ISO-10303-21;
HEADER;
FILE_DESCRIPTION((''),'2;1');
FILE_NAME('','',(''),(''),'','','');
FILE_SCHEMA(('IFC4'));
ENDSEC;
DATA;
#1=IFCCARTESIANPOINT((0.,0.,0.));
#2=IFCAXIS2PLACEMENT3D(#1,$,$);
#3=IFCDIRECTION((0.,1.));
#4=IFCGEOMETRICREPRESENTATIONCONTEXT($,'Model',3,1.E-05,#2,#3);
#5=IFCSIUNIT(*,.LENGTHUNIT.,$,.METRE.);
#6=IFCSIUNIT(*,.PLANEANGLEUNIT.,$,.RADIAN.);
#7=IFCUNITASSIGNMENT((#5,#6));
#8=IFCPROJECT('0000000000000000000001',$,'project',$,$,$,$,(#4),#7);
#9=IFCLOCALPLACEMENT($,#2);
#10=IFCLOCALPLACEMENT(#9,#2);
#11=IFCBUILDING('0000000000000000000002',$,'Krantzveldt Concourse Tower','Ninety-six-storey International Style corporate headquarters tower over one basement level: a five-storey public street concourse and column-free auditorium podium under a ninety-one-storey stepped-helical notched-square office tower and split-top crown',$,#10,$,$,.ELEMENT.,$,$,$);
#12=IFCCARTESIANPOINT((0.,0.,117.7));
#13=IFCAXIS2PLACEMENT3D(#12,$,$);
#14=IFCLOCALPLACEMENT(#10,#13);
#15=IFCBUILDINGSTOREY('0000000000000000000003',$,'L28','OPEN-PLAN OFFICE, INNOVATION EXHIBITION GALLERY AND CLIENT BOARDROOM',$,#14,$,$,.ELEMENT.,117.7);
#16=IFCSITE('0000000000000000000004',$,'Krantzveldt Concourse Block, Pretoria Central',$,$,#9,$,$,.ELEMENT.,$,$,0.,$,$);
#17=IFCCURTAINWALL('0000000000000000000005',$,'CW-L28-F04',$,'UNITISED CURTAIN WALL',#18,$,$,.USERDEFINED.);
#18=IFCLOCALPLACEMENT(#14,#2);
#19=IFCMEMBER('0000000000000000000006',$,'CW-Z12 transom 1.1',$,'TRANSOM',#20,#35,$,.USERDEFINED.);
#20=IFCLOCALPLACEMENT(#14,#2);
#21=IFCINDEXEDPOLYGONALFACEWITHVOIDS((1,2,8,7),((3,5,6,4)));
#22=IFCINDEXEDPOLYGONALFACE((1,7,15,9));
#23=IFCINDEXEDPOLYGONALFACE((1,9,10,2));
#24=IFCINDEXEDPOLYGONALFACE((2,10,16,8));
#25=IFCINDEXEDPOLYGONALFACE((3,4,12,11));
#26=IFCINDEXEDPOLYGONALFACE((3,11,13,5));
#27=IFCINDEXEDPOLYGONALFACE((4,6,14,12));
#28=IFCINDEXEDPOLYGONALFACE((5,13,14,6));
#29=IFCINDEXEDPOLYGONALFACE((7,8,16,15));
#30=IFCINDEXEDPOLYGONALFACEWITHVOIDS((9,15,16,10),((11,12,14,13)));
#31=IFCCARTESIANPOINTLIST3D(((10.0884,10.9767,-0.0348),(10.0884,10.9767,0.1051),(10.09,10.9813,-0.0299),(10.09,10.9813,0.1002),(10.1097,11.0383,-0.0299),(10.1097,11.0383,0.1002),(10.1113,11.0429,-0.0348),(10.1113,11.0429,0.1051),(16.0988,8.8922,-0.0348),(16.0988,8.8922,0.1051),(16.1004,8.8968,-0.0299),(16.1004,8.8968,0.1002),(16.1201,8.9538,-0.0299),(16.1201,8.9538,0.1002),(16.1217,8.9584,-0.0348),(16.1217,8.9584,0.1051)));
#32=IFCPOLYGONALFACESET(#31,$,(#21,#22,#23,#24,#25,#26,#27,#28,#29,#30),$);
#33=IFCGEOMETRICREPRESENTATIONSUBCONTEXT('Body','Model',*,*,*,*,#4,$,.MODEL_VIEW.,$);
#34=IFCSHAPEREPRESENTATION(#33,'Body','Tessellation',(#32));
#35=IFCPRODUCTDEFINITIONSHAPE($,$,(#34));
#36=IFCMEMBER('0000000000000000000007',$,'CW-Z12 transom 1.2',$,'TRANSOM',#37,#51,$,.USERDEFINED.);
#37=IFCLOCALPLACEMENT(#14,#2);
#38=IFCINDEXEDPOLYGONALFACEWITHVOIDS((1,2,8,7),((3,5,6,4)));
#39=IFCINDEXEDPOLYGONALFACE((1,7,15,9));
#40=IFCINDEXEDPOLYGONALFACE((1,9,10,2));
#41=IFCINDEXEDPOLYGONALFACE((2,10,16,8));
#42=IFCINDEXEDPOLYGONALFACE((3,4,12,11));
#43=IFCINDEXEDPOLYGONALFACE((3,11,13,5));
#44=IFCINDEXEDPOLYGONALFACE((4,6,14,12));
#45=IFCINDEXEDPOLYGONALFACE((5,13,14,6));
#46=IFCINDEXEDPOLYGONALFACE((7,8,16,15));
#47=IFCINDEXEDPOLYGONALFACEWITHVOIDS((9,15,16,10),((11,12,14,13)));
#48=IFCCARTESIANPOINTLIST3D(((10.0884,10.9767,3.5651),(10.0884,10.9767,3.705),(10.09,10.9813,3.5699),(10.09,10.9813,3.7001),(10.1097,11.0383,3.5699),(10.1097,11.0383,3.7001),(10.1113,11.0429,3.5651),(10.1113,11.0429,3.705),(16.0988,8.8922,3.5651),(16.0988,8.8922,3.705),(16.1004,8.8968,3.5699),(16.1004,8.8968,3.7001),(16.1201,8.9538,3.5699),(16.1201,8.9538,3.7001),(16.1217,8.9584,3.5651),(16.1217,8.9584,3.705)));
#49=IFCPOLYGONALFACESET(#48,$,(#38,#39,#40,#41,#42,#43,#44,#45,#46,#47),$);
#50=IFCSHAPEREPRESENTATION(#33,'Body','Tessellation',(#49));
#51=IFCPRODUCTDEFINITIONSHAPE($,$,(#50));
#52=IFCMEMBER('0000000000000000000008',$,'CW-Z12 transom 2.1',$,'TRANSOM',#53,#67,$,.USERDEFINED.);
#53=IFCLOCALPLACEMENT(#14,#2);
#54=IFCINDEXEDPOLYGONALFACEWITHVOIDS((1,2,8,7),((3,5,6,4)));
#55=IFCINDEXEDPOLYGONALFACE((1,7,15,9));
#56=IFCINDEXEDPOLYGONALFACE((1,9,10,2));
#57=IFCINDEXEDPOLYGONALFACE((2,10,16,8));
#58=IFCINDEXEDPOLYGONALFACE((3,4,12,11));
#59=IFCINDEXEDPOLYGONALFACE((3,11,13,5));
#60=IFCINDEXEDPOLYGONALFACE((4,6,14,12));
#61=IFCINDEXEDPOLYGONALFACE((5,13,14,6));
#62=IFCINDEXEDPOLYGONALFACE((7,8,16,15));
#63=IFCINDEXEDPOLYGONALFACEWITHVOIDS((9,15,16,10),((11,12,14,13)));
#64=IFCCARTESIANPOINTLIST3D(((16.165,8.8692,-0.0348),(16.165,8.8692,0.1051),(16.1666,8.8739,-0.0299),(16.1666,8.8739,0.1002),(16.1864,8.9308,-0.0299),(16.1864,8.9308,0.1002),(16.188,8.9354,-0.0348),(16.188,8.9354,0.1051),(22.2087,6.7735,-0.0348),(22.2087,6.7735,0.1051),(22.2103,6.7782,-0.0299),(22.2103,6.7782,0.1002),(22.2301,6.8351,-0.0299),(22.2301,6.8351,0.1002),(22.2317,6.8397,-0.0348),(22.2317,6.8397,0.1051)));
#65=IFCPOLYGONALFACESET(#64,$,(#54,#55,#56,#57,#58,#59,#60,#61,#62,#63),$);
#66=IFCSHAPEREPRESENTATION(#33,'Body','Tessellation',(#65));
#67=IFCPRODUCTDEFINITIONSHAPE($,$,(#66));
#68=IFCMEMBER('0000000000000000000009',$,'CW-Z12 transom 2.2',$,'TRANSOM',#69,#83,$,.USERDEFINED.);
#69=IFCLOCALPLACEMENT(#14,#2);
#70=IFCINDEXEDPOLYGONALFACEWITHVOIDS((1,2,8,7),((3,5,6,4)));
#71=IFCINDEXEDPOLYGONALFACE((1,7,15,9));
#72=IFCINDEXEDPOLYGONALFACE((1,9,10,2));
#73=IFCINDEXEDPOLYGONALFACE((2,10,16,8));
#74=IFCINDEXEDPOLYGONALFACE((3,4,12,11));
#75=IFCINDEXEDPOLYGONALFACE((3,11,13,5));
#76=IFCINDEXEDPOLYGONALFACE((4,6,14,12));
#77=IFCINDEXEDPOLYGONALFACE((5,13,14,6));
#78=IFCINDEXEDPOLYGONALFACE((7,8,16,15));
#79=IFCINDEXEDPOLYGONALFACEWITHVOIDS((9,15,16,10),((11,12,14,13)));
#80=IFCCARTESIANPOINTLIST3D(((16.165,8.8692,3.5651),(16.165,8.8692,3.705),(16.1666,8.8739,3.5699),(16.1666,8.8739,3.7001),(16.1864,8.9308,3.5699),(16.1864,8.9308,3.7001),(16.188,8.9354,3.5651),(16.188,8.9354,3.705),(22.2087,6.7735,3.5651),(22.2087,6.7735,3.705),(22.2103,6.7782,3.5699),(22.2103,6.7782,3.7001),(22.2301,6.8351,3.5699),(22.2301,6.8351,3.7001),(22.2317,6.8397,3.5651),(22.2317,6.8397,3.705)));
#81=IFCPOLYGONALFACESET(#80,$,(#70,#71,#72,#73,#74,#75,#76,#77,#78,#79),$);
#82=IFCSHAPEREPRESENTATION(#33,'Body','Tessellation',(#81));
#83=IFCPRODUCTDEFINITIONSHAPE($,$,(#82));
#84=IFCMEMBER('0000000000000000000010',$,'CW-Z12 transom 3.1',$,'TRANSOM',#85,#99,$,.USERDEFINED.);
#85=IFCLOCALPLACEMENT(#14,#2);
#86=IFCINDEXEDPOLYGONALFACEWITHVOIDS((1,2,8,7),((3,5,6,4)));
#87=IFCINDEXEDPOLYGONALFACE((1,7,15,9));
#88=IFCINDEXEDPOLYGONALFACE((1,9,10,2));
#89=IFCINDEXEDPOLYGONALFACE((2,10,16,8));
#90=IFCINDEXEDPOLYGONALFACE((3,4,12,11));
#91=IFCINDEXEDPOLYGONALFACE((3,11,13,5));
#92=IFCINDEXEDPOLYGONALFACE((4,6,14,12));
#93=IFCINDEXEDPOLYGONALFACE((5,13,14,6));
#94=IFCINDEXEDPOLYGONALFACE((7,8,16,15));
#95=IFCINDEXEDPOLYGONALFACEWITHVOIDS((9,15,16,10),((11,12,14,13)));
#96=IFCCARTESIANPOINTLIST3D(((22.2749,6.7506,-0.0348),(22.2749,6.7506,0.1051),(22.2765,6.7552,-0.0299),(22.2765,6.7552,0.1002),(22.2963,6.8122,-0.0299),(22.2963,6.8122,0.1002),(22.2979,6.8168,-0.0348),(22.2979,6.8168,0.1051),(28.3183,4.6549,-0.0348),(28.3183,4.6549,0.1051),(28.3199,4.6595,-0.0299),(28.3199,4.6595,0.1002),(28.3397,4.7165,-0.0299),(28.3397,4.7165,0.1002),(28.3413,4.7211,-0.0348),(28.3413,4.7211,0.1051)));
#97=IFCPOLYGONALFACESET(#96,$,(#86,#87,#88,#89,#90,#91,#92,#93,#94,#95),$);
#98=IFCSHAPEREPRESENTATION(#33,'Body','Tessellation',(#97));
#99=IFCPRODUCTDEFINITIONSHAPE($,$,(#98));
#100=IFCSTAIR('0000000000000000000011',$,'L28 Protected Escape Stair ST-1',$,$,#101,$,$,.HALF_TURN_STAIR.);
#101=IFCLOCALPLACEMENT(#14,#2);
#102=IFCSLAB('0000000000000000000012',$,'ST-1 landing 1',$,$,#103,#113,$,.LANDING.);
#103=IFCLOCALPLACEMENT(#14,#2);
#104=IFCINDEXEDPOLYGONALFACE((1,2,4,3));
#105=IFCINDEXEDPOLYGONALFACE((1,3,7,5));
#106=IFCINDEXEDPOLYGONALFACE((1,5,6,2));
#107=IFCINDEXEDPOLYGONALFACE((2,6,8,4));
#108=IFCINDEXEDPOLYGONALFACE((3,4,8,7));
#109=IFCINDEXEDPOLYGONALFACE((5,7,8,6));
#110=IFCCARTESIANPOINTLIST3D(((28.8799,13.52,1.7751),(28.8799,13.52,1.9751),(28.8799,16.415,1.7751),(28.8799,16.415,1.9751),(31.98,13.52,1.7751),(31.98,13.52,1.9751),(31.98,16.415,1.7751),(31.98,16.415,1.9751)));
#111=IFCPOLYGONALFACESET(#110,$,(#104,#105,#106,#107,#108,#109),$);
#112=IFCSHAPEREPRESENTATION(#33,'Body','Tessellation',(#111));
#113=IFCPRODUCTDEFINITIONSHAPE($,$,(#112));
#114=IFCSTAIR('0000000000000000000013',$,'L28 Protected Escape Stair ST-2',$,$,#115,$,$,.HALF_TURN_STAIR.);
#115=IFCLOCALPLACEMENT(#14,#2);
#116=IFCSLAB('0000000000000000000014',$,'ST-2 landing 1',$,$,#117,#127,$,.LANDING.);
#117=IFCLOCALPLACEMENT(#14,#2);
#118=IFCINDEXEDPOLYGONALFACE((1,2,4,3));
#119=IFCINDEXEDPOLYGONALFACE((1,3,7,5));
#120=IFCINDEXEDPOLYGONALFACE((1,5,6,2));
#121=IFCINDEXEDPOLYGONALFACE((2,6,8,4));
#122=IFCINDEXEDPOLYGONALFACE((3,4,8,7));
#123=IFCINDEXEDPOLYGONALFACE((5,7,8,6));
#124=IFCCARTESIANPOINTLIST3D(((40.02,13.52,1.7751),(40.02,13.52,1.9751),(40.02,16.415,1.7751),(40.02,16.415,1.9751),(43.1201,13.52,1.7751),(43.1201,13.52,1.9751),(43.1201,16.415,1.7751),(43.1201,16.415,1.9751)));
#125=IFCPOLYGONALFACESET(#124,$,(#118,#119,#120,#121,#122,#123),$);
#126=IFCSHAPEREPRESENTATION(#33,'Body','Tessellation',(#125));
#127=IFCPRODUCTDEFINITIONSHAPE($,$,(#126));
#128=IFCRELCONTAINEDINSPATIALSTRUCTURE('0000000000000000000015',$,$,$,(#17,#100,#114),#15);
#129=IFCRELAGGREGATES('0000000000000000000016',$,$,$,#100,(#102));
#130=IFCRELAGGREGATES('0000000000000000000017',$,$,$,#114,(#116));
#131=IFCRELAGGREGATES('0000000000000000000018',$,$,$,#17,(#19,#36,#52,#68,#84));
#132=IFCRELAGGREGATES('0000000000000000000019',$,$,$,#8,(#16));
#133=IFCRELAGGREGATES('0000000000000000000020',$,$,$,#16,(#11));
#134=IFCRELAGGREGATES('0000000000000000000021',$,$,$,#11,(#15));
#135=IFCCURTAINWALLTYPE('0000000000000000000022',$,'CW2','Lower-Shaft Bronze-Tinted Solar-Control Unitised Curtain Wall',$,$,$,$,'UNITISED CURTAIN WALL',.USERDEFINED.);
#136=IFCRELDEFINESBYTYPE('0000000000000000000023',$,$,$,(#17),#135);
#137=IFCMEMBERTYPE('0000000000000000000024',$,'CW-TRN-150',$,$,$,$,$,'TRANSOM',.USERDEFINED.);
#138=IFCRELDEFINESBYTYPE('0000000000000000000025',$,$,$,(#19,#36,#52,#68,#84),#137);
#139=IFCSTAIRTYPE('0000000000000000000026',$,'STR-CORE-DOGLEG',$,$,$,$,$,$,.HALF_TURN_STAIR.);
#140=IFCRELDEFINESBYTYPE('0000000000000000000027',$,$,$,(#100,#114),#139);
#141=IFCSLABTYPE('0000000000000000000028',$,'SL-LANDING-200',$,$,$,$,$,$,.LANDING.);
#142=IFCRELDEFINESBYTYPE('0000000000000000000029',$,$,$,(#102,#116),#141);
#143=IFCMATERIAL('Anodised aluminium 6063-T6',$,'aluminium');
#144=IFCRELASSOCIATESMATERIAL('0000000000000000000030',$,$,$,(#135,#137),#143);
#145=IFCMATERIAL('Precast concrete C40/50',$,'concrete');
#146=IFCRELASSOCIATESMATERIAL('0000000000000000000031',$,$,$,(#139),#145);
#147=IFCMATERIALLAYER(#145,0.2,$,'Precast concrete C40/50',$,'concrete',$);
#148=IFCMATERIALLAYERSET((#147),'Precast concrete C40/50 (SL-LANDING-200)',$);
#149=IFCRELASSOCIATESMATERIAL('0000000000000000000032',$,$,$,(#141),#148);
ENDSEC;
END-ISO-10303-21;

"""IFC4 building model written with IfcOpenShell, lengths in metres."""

from ifc_helpers import new_model, si_unit, direction, frame, origin, origin_2d, place, context, subcontext, project, spatial, polyline, hollow_rectangle, outline, extrude, source, transform, mapped, material, layer, layer_set, material_profile, profile_set, type_object, type_shapes, element, aggregate, save


model = new_model("IFC4")

# Units and contexts
model_context = context("Model", 3, precision=1e-05, world=origin(), true_north=direction((0.0, 1.0)))
body_context = subcontext(model_context, "Body", "Model", "MODEL_VIEW")
ifc_project = project(units=[si_unit("LENGTHUNIT", "METRE"), si_unit("PLANEANGLEUNIT", "RADIAN")], contexts=[model_context])

# Site, building, storey
site_placement = place(None, origin())
site = spatial("IfcSite", under=ifc_project, at=site_placement, Name="Krantzveldt Concourse Block, Pretoria Central", CompositionType="ELEMENT", RefElevation=0.0)
building_placement = place(site_placement, origin())
building = spatial("IfcBuilding", under=site, at=building_placement, Name="Krantzveldt Concourse Tower", Description="Ninety-six-storey International Style corporate headquarters tower over one basement level: a five-storey public street concourse and column-free auditorium podium under a ninety-one-storey stepped-helical notched-square office tower and split-top crown", CompositionType="ELEMENT")
storey_placement = place(building_placement, frame((0.0, 0.0, 117.7)))
storey = spatial("IfcBuildingStorey", under=building, at=storey_placement, Name="L28", Description="OPEN-PLAN OFFICE, INNOVATION EXHIBITION GALLERY AND CLIENT BOARDROOM", CompositionType="ELEMENT", Elevation=117.7)

# Curtain wall
ifc_material_1 = material(Name="Anodised aluminium 6063-T6", Category="aluminium")
curtain_wall_type = type_object("IfcCurtainWallType", Name="CW2", Description="Lower-Shaft Bronze-Tinted Solar-Control Unitised Curtain Wall", ElementType="UNITISED CURTAIN WALL", PredefinedType="USERDEFINED", material=ifc_material_1)
curtain_wall_1_placement = place(storey_placement, origin())
curtain_wall_1 = element("IfcCurtainWall", 1, at=curtain_wall_1_placement, inside=storey, type_object=curtain_wall_type, Name="CW-L28-F04", ObjectType="UNITISED CURTAIN WALL", PredefinedType="USERDEFINED")

# Members
ifc_material_profile_1 = material_profile(ifc_material_1, hollow_rectangle(XDim=0.0701, YDim=0.1399, WallThickness=0.0049, at=origin_2d()), Name="Anodised aluminium 6063-T6", Category="aluminium")
ifc_profile_set_1 = profile_set([ifc_material_profile_1], Name="Anodised aluminium 6063-T6 - ALU-TRAN 140x70x5")
member_type_1 = type_object("IfcMemberType", Name="CW-TRN-150", ElementType="TRANSOM", PredefinedType="USERDEFINED", material=ifc_profile_set_1)
shared_shape_1 = source(origin(), body_context, "Body", "SweptSolid", [
    extrude(hollow_rectangle(XDim=0.0701, YDim=0.1399, WallThickness=0.0049, at=origin_2d()), origin(), (0.0, 0.0, 1.0), 6.3616),
])
member_1_placement = place(storey_placement, frame((10.0999, 11.0098, 0.0352), z_axis=(0.944796, -0.32766, 0.0), x_axis=(0.32766, 0.944796, 0.0)))
member_1 = element("IfcMember", 2, at=member_1_placement, type_object=member_type_1, Name="CW-Z12 transom 1.1", ObjectType="TRANSOM", PredefinedType="USERDEFINED", context=body_context, shape_type="MappedRepresentation", body=[
    mapped(shared_shape_1, transform((0.0, 0.0, 0.0), x_axis=(1.0, 0.0, 0.0), y_axis=(0.0, 1.0, 0.0), z_axis=(0.0, 0.0, 1.0), scale=1.0)),
])
member_2_placement = place(storey_placement, frame((10.0999, 11.0098, 3.635), z_axis=(0.944796, -0.32766, 0.0), x_axis=(0.32766, 0.944796, 0.0)))
member_2 = element("IfcMember", 3, at=member_2_placement, type_object=member_type_1, Name="CW-Z12 transom 1.2", ObjectType="TRANSOM", PredefinedType="USERDEFINED", context=body_context, shape_type="MappedRepresentation", body=[
    mapped(shared_shape_1, transform((0.0, 0.0, 0.0), x_axis=(1.0, 0.0, 0.0), y_axis=(0.0, 1.0, 0.0), z_axis=(0.0, 0.0, 1.0), scale=1.0)),
])
shared_shape_2 = source(origin(), body_context, "Body", "SweptSolid", [
    extrude(hollow_rectangle(XDim=0.0701, YDim=0.1399, WallThickness=0.0049, at=origin_2d()), origin(), (0.0, 0.0, 1.0), 6.3967),
])
member_3_placement = place(storey_placement, frame((16.1765, 8.9023, 0.0352), z_axis=(0.944809, -0.32762, 0.0), x_axis=(0.32762, 0.944809, 0.0)))
member_3 = element("IfcMember", 4, at=member_3_placement, type_object=member_type_1, Name="CW-Z12 transom 2.1", ObjectType="TRANSOM", PredefinedType="USERDEFINED", context=body_context, shape_type="MappedRepresentation", body=[
    mapped(shared_shape_2, transform((0.0, 0.0, 0.0), x_axis=(1.0, 0.0, 0.0), y_axis=(0.0, 1.0, 0.0), z_axis=(0.0, 0.0, 1.0), scale=1.0)),
])
member_4_placement = place(storey_placement, frame((16.1765, 8.9023, 3.635), z_axis=(0.944809, -0.32762, 0.0), x_axis=(0.32762, 0.944809, 0.0)))
member_4 = element("IfcMember", 5, at=member_4_placement, type_object=member_type_1, Name="CW-Z12 transom 2.2", ObjectType="TRANSOM", PredefinedType="USERDEFINED", context=body_context, shape_type="MappedRepresentation", body=[
    mapped(shared_shape_2, transform((0.0, 0.0, 0.0), x_axis=(1.0, 0.0, 0.0), y_axis=(0.0, 1.0, 0.0), z_axis=(0.0, 0.0, 1.0), scale=1.0)),
])
shared_shape_3 = source(origin(), body_context, "Body", "SweptSolid", [
    extrude(hollow_rectangle(XDim=0.0701, YDim=0.1399, WallThickness=0.0049, at=origin_2d()), origin(), (0.0, 0.0, 1.0), 6.3965),
])
type_shapes(member_type_1, [shared_shape_1, shared_shape_2, shared_shape_3])
member_5_placement = place(storey_placement, frame((22.2864, 6.7837, 0.0352), z_axis=(0.944805, -0.327632, 0.0), x_axis=(0.327632, 0.944805, 0.0)))
member_5 = element("IfcMember", 6, at=member_5_placement, type_object=member_type_1, Name="CW-Z12 transom 3.1", ObjectType="TRANSOM", PredefinedType="USERDEFINED", context=body_context, shape_type="MappedRepresentation", body=[
    mapped(shared_shape_3, transform((0.0, 0.0, 0.0), x_axis=(1.0, 0.0, 0.0), y_axis=(0.0, 1.0, 0.0), z_axis=(0.0, 0.0, 1.0), scale=1.0)),
])

# Stairs, slabs
ifc_material_2 = material(Name="Precast concrete C40/50", Category="concrete")
stair_type = type_object("IfcStairType", Name="STR-CORE-DOGLEG", PredefinedType="HALF_TURN_STAIR", material=ifc_material_2)
stair_1_placement = place(storey_placement, origin())
stair_1 = element("IfcStair", 7, at=stair_1_placement, inside=storey, type_object=stair_type, Name="L28 Protected Escape Stair ST-1", PredefinedType="HALF_TURN_STAIR")
ifc_layer_1 = layer(ifc_material_2, 0.2, Name="Precast concrete C40/50", Category="concrete")
ifc_layer_set_1 = layer_set([ifc_layer_1], Name="Precast concrete C40/50 (SL-LANDING-200)")
slab_type_1 = type_object("IfcSlabType", Name="SL-LANDING-200", PredefinedType="LANDING", material=ifc_layer_set_1)
slab_1_placement = place(storey_placement, frame((0.0, 0.0, 1.7751)))
slab_1 = element("IfcSlab", 8, at=slab_1_placement, type_object=slab_type_1, Name="ST-1 landing 1", PredefinedType="LANDING", context=body_context, shape_type="SweptSolid", body=[
    extrude(outline(polyline([(28.8799, 16.415), (28.8799, 13.52), (31.98, 13.52), (31.98, 16.415), (28.8799, 16.415)])), origin(), (0.0, 0.0, 1.0), 0.2),
])
aggregate(stair_1, [slab_1])
stair_2_placement = place(storey_placement, origin())
stair_2 = element("IfcStair", 9, at=stair_2_placement, inside=storey, type_object=stair_type, Name="L28 Protected Escape Stair ST-2", PredefinedType="HALF_TURN_STAIR")
slab_2_placement = place(storey_placement, frame((0.0, 0.0, 1.7751)))
slab_2 = element("IfcSlab", 10, at=slab_2_placement, type_object=slab_type_1, Name="ST-2 landing 1", PredefinedType="LANDING", context=body_context, shape_type="SweptSolid", body=[
    extrude(outline(polyline([(40.02, 16.415), (40.02, 13.52), (43.1201, 13.52), (43.1201, 16.415), (40.02, 16.415)])), origin(), (0.0, 0.0, 1.0), 0.2),
])
aggregate(stair_2, [slab_2])

aggregate(curtain_wall_1, [member_1, member_2, member_3, member_4, member_5])

save(model, "model.ifc")
